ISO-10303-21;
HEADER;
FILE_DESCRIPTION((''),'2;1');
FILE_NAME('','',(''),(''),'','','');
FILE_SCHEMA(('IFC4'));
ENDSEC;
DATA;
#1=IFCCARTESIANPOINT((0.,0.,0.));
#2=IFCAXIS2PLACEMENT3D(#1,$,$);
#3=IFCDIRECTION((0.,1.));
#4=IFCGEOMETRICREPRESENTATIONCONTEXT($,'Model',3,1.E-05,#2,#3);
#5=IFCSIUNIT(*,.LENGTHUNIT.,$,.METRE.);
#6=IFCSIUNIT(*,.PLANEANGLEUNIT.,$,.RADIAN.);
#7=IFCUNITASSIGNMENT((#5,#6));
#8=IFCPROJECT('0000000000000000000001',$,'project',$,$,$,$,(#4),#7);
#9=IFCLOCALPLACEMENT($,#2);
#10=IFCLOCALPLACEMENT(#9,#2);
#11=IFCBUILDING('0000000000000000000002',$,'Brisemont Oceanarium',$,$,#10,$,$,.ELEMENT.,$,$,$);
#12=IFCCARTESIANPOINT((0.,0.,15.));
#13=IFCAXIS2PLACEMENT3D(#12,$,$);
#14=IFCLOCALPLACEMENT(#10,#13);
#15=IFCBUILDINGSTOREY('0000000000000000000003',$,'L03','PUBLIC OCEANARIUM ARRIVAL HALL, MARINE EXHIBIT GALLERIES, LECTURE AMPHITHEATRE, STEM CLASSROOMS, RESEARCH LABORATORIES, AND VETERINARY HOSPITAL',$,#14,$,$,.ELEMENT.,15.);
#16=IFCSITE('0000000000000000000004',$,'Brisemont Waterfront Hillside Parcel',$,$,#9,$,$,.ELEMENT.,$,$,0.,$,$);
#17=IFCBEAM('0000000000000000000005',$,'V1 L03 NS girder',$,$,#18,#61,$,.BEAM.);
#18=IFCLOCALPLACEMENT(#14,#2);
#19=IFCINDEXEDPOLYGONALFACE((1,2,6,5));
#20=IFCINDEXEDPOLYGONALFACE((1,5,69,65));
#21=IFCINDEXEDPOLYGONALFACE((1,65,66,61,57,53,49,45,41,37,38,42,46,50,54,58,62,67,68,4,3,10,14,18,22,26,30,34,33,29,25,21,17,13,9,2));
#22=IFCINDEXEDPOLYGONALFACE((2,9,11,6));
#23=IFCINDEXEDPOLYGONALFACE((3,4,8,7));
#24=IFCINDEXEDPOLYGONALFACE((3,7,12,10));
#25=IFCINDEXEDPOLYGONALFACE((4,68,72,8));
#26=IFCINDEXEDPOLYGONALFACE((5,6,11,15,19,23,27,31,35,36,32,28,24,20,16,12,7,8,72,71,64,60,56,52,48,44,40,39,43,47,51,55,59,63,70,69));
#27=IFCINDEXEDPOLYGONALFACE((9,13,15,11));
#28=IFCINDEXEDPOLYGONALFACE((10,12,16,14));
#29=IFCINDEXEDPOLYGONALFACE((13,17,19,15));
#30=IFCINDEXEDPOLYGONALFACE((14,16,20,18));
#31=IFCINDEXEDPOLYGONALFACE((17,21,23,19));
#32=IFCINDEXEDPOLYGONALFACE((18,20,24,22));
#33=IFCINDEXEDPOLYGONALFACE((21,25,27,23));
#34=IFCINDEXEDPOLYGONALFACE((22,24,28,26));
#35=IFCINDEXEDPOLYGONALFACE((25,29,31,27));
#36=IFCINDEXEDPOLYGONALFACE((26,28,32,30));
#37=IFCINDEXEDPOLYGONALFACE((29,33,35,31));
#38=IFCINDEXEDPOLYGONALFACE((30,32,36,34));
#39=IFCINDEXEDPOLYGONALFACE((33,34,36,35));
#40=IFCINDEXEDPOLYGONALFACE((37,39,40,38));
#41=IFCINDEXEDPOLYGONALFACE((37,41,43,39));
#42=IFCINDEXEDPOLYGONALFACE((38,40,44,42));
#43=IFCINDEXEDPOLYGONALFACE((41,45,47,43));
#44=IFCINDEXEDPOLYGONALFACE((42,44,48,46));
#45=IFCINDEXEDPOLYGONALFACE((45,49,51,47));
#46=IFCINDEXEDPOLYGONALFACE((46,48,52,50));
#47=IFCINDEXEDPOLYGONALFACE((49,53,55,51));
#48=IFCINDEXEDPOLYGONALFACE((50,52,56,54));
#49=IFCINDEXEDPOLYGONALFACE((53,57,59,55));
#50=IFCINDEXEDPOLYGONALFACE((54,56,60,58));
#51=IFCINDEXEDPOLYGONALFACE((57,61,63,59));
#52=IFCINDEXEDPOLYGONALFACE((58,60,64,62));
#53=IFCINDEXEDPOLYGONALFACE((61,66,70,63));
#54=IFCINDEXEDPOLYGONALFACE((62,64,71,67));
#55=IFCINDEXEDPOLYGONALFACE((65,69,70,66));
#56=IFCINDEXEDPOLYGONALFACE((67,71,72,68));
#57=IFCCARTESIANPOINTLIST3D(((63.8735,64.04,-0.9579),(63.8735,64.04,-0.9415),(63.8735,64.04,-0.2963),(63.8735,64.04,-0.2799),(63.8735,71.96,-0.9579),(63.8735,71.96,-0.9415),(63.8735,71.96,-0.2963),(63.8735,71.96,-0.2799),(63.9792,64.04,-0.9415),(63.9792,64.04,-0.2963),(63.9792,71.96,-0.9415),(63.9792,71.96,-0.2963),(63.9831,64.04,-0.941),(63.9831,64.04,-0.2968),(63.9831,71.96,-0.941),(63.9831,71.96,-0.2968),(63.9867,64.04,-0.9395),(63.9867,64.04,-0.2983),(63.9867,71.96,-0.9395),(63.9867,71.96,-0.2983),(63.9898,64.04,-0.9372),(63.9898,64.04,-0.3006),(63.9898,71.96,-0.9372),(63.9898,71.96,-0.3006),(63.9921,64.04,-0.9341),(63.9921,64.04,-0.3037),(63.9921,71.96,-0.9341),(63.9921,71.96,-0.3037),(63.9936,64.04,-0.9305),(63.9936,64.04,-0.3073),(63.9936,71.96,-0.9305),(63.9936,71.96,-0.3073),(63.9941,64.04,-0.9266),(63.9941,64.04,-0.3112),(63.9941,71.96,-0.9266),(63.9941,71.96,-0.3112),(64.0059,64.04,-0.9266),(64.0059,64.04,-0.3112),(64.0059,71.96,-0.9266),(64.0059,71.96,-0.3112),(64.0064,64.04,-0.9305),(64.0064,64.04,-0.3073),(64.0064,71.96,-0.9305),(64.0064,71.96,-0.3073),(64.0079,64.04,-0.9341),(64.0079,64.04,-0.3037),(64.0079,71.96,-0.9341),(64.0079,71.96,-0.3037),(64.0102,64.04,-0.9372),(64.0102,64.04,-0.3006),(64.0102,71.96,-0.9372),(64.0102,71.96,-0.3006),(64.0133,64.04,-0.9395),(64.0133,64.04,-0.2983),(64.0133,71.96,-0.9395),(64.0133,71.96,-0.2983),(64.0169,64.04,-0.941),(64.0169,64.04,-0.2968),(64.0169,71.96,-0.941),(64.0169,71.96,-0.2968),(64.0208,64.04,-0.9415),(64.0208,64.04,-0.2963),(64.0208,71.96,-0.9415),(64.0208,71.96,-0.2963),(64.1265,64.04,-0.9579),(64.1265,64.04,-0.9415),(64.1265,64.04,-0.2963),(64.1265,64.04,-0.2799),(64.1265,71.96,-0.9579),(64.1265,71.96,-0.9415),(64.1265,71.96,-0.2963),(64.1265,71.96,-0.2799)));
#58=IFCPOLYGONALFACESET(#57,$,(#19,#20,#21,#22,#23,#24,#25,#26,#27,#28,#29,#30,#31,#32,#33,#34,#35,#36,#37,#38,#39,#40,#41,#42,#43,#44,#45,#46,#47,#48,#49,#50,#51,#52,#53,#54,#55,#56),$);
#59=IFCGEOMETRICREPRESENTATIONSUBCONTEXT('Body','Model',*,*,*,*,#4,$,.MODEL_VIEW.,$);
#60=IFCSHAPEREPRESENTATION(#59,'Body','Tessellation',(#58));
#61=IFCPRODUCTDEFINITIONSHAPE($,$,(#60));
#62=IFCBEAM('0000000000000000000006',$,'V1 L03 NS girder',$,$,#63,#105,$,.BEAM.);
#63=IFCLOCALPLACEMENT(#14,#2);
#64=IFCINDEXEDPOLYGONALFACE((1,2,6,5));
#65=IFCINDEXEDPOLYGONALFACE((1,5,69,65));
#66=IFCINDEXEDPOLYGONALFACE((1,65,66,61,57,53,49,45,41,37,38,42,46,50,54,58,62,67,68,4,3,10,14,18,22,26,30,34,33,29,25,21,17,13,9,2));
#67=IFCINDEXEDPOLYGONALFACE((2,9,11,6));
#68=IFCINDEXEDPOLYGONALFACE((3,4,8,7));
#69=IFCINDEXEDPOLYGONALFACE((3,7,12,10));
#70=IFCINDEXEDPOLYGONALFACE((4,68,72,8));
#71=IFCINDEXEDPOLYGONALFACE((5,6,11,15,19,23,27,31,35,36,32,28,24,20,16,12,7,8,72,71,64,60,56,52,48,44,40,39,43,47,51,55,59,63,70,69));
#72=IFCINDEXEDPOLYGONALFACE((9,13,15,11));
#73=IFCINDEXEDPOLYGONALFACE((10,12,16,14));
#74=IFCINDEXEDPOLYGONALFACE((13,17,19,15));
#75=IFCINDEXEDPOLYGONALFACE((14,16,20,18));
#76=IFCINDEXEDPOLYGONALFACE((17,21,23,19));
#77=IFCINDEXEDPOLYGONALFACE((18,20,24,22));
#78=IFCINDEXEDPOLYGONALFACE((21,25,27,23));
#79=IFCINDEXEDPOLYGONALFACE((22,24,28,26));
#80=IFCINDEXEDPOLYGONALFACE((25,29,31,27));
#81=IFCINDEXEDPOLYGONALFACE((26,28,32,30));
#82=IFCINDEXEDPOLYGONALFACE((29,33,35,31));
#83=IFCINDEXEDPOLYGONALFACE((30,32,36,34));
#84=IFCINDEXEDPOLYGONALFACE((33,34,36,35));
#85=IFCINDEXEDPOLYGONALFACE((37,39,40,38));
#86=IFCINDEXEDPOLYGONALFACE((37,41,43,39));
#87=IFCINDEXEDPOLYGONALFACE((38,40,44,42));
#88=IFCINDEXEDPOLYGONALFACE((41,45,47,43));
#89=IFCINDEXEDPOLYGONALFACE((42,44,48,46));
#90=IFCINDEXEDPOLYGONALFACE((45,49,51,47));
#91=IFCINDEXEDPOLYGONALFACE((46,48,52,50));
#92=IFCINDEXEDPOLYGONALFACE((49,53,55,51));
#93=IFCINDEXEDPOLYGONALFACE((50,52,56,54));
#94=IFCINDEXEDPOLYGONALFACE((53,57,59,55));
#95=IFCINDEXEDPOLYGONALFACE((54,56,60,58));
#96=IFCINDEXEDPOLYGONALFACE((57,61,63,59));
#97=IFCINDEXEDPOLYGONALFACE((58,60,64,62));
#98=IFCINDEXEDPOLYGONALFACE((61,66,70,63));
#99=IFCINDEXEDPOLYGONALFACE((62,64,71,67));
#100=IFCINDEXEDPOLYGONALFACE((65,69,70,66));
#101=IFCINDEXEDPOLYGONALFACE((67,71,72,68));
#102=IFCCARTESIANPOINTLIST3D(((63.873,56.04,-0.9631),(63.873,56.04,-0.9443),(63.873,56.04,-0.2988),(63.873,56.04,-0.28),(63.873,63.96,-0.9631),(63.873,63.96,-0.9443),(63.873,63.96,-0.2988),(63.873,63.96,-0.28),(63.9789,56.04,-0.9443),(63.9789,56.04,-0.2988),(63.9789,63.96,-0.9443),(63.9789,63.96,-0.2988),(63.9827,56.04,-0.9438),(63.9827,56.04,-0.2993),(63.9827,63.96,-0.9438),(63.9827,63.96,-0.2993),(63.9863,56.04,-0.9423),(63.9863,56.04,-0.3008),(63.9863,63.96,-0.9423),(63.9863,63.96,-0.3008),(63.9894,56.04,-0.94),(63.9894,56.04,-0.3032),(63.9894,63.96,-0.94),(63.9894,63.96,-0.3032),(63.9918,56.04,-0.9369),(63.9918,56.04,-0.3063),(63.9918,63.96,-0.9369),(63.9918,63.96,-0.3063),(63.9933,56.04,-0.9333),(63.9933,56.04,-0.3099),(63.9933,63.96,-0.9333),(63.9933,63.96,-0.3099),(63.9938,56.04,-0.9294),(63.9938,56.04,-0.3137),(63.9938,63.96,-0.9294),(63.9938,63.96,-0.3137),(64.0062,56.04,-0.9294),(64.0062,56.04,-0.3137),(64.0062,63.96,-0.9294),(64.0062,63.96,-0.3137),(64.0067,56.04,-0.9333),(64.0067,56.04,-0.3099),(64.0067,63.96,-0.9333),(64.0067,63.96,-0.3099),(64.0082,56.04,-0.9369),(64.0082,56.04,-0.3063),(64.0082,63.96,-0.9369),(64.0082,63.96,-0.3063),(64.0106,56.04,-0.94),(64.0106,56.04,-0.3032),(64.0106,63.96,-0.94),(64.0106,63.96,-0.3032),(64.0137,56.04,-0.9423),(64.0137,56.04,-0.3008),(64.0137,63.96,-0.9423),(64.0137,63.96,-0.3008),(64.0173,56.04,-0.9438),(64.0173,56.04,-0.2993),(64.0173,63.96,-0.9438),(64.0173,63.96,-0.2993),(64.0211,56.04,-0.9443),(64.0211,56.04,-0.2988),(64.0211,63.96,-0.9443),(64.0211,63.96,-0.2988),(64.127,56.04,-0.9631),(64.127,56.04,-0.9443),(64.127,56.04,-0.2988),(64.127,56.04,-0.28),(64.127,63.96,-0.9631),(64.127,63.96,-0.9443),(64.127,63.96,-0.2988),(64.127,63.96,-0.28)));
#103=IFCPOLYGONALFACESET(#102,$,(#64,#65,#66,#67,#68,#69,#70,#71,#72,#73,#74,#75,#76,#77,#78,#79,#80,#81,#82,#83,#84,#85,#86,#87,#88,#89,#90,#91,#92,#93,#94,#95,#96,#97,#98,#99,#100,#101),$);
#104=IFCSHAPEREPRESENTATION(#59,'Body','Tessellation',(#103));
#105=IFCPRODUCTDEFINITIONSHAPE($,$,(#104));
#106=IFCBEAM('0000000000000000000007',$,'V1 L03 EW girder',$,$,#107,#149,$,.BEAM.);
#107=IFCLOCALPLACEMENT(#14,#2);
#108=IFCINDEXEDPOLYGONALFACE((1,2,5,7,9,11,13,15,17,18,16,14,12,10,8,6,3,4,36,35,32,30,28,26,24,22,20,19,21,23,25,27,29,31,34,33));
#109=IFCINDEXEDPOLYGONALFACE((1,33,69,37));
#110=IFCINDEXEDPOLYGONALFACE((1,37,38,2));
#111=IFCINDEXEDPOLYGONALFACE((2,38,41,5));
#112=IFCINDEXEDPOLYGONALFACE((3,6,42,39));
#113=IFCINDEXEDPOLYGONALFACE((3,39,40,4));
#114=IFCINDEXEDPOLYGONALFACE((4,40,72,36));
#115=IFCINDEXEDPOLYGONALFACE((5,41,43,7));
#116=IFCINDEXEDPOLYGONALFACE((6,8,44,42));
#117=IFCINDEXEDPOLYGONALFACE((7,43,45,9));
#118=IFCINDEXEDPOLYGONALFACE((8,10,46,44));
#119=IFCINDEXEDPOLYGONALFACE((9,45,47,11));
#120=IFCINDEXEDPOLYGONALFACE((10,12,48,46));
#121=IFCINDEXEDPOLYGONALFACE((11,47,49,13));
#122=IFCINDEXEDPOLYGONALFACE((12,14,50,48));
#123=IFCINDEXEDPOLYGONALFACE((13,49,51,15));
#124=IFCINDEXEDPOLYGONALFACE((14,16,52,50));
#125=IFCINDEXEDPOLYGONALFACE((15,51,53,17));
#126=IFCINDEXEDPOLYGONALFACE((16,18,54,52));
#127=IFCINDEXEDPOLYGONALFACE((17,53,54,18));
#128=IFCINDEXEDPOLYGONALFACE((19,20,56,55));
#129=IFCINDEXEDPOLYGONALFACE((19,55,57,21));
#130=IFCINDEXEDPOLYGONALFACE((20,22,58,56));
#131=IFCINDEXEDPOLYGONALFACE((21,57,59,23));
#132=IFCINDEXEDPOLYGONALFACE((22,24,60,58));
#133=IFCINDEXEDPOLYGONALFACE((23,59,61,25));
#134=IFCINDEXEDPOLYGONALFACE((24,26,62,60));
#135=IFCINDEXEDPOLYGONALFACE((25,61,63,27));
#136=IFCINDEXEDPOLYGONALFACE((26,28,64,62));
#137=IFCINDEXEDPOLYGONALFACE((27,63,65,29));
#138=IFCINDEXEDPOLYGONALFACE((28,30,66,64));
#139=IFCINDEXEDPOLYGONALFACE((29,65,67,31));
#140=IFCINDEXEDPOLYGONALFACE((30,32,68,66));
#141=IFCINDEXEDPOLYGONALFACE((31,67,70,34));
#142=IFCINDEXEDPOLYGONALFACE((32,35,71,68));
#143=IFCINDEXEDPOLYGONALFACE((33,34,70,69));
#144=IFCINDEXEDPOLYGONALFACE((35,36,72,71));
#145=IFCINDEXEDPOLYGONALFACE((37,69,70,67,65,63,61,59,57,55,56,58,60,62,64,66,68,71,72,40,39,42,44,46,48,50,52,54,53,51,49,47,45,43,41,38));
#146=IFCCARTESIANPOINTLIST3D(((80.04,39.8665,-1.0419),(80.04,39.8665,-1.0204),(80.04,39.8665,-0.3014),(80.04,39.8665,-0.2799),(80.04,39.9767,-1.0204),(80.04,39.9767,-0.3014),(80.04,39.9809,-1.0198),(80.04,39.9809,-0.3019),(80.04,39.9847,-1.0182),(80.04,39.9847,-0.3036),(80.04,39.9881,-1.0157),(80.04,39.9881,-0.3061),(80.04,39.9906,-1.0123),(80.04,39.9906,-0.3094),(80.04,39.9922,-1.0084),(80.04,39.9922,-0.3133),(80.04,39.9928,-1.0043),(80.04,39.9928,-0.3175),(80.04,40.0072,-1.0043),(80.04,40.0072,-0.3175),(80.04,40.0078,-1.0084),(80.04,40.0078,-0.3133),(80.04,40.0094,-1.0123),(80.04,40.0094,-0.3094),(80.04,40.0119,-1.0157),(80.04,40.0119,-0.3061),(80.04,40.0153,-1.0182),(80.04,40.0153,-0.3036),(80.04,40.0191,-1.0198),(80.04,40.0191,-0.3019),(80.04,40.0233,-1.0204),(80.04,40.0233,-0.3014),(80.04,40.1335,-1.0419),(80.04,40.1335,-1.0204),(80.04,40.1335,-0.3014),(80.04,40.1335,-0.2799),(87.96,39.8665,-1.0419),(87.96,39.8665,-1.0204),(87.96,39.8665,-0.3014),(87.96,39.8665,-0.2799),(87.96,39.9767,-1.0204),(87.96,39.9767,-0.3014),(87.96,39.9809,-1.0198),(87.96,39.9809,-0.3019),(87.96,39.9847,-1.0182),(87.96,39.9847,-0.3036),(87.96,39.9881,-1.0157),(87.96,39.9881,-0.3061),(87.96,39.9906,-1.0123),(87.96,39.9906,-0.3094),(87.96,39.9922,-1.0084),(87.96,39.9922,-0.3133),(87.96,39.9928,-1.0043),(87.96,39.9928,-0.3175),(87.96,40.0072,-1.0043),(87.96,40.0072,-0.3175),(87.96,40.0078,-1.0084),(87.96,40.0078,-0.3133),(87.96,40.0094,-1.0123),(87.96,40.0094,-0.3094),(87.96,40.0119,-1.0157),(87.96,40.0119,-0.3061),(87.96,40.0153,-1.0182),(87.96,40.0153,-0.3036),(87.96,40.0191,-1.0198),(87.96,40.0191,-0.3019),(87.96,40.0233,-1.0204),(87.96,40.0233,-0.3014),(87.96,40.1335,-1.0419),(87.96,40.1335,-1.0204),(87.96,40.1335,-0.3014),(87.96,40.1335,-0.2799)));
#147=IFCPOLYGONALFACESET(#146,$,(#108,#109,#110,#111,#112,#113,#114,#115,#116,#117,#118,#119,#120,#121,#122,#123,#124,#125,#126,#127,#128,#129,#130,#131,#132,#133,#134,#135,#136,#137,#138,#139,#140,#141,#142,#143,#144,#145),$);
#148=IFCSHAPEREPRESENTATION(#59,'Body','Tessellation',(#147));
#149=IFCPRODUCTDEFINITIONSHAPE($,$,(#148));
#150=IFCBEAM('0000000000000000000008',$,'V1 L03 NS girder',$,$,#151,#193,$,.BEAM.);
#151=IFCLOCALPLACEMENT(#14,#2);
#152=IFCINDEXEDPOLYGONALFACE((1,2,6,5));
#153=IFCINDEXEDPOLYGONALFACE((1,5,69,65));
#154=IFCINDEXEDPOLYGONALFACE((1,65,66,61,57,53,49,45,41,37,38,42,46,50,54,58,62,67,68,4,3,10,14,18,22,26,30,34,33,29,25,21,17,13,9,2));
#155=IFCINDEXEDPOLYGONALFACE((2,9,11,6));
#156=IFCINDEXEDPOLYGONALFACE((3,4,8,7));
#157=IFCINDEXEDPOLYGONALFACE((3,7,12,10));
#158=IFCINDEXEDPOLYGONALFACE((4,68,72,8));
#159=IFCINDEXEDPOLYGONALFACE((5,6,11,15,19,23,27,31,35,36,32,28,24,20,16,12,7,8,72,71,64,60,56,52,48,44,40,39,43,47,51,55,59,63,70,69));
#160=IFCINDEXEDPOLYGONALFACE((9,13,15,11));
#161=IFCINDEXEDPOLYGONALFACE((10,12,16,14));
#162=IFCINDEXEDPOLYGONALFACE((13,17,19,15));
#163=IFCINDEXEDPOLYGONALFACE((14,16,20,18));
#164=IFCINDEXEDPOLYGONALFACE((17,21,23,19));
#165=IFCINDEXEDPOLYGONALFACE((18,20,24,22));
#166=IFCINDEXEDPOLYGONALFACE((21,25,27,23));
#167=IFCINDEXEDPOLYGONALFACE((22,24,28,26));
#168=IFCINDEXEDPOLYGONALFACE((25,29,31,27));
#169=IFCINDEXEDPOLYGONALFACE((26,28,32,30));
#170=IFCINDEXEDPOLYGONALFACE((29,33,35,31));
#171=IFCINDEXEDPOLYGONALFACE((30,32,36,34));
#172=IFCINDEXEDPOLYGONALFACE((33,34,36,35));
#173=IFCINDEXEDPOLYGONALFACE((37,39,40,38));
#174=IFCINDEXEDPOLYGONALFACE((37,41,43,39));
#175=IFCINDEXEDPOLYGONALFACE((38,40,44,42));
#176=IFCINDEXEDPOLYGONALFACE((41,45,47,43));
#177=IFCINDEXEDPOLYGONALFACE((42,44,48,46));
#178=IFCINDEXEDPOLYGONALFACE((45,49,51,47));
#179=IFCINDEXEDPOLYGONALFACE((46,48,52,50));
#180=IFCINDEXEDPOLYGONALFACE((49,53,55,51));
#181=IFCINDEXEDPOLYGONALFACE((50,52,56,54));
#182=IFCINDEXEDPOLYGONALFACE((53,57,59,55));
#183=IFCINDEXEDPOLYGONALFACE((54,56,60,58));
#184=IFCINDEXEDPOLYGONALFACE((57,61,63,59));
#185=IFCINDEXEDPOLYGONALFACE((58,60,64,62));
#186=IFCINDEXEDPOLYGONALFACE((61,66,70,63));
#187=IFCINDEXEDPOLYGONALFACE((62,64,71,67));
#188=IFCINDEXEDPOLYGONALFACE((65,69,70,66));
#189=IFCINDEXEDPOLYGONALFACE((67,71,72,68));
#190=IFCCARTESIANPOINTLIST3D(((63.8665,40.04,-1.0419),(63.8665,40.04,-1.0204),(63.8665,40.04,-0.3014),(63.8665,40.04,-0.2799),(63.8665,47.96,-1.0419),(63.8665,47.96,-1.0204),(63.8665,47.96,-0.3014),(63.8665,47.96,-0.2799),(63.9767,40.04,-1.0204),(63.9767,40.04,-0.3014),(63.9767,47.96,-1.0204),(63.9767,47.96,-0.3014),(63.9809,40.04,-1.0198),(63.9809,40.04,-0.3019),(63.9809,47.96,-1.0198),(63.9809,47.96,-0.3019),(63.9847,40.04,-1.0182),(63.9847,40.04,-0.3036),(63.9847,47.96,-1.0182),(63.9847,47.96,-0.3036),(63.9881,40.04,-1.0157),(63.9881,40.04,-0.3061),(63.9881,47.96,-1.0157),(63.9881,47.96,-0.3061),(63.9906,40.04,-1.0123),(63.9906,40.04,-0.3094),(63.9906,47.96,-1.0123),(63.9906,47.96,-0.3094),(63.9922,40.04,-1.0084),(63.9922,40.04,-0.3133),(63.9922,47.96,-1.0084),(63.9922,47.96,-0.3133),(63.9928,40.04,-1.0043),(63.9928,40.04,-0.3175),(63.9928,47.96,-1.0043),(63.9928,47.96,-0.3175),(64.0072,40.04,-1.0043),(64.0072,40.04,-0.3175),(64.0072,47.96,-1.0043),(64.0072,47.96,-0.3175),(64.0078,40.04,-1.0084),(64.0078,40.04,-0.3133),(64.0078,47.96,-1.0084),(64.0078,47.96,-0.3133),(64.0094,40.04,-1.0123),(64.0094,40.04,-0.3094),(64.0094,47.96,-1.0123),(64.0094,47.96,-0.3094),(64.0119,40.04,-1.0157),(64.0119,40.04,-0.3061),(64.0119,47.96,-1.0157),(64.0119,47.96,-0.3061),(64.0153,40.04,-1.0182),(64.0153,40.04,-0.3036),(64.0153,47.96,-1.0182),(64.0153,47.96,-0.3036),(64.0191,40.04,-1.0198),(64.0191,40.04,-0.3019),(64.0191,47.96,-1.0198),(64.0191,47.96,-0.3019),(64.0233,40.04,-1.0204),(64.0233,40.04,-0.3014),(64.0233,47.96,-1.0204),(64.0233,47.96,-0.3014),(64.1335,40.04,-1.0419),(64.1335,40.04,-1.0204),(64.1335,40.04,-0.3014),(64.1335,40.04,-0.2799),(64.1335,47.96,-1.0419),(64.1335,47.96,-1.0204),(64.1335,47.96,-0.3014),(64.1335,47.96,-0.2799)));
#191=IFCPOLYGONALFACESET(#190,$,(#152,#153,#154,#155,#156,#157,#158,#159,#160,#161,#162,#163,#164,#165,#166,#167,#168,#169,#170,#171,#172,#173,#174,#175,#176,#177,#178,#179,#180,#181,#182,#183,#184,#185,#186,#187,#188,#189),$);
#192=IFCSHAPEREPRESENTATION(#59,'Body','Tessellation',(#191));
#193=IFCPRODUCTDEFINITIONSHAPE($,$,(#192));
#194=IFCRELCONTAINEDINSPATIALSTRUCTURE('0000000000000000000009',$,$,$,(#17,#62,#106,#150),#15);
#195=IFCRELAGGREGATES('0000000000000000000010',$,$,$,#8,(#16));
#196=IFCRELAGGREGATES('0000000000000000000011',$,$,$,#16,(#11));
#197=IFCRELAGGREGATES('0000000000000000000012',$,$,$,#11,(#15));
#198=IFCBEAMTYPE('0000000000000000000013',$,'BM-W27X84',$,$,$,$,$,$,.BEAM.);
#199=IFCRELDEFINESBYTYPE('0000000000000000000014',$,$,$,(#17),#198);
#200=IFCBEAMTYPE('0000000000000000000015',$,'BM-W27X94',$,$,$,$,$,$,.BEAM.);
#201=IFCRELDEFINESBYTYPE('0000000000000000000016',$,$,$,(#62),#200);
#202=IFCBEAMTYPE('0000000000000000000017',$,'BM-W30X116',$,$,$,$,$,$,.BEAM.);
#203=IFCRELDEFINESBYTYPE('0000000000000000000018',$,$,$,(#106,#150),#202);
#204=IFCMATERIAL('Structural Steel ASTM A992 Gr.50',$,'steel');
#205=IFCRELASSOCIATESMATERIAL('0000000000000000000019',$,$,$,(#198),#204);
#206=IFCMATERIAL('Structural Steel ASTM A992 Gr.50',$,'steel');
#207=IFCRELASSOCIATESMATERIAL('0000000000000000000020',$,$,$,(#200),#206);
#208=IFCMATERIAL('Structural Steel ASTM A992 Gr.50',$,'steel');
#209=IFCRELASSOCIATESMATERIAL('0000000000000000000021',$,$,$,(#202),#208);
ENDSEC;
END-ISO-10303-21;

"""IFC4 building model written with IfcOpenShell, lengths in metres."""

from ifc_helpers import new_model, si_unit, direction, frame, origin, origin_2d, place, context, subcontext, project, spatial, i_section, extrude, material, material_profile, profile_set, type_object, element, save


model = new_model("IFC4")

# Units and contexts
model_context = context("Model", 3, precision=1e-05, world=origin(), true_north=direction((0.0, 1.0)))
body_context = subcontext(model_context, "Body", "Model", "MODEL_VIEW")
ifc_project = project(units=[si_unit("LENGTHUNIT", "METRE"), si_unit("PLANEANGLEUNIT", "RADIAN")], contexts=[model_context])

# Site, building, storey
site_placement = place(None, origin())
site = spatial("IfcSite", under=ifc_project, at=site_placement, Name="Brisemont Waterfront Hillside Parcel", CompositionType="ELEMENT", RefElevation=0.0)
building_placement = place(site_placement, origin())
building = spatial("IfcBuilding", under=site, at=building_placement, Name="Brisemont Oceanarium", CompositionType="ELEMENT")
storey_placement = place(building_placement, frame((0.0, 0.0, 15.0)))
storey = spatial("IfcBuildingStorey", under=building, at=storey_placement, Name="L03", Description="PUBLIC OCEANARIUM ARRIVAL HALL, MARINE EXHIBIT GALLERIES, LECTURE AMPHITHEATRE, STEM CLASSROOMS, RESEARCH LABORATORIES, AND VETERINARY HOSPITAL", CompositionType="ELEMENT", Elevation=15.0)

# Beams
ifc_material_1 = material(Name="Structural Steel ASTM A992 Gr.50", Category="steel")
ifc_material_profile_1 = material_profile(ifc_material_1, i_section(OverallWidth=0.2529, OverallDepth=0.678, WebThickness=0.0117, FlangeThickness=0.0164, FilletRadius=0.0149, at=origin_2d()), Name="W27X84")
ifc_profile_set_1 = profile_set([ifc_material_profile_1], Name="Structural Steel ASTM A992 Gr.50")
beam_type_1 = type_object("IfcBeamType", Name="BM-W27X84", PredefinedType="BEAM", material=ifc_profile_set_1)
beam_1_placement = place(storey_placement, frame((64.0, 64.04, -0.6189), z_axis=(0.0, 1.0, 0.0), x_axis=(-1.0, 0.0, 0.0)))
element("IfcBeam", 1, at=beam_1_placement, inside=storey, type_object=beam_type_1, Name="V1 L03 NS girder", PredefinedType="BEAM", context=body_context, shape_type="SweptSolid", body=[
    extrude(i_section(OverallWidth=0.2529, OverallDepth=0.678, WebThickness=0.0117, FlangeThickness=0.0164, FilletRadius=0.0149, at=origin_2d()), origin(), (0.0, 0.0, 1.0), 7.9199),
])
ifc_material_2 = material(Name="Structural Steel ASTM A992 Gr.50", Category="steel")
ifc_material_profile_2 = material_profile(ifc_material_2, i_section(OverallWidth=0.2539, OverallDepth=0.6831, WebThickness=0.0125, FlangeThickness=0.0188, FilletRadius=0.0149, at=origin_2d()), Name="W27X94")
ifc_profile_set_2 = profile_set([ifc_material_profile_2], Name="Structural Steel ASTM A992 Gr.50")
beam_type_2 = type_object("IfcBeamType", Name="BM-W27X94", PredefinedType="BEAM", material=ifc_profile_set_2)
beam_2_placement = place(storey_placement, frame((64.0, 56.04, -0.6216), z_axis=(0.0, 1.0, 0.0), x_axis=(-1.0, 0.0, 0.0)))
element("IfcBeam", 2, at=beam_2_placement, inside=storey, type_object=beam_type_2, Name="V1 L03 NS girder", PredefinedType="BEAM", context=body_context, shape_type="SweptSolid", body=[
    extrude(i_section(OverallWidth=0.2539, OverallDepth=0.6831, WebThickness=0.0125, FlangeThickness=0.0188, FilletRadius=0.0149, at=origin_2d()), origin(), (0.0, 0.0, 1.0), 7.9199),
])
ifc_material_3 = material(Name="Structural Steel ASTM A992 Gr.50", Category="steel")
ifc_material_profile_3 = material_profile(ifc_material_3, i_section(OverallWidth=0.2671, OverallDepth=0.762, WebThickness=0.0144, FlangeThickness=0.0215, FilletRadius=0.0161, at=origin_2d()), Name="W30X116")
ifc_profile_set_3 = profile_set([ifc_material_profile_3], Name="Structural Steel ASTM A992 Gr.50")
beam_type_3 = type_object("IfcBeamType", Name="BM-W30X116", PredefinedType="BEAM", material=ifc_profile_set_3)
for number, where, z_axis, x_axis, name in (
    (3, (80.04, 40.0, -0.6609), (1.0, 0.0, 0.0), (0.0, 1.0, 0.0), "V1 L03 EW girder"),
    (4, (64.0, 40.04, -0.6609), (0.0, 1.0, 0.0), (-1.0, 0.0, 0.0), "V1 L03 NS girder"),
):
    element("IfcBeam", number, at=place(storey_placement, frame(where, z_axis=z_axis, x_axis=x_axis)), inside=storey, type_object=beam_type_3, Name=name, PredefinedType="BEAM", context=body_context, shape_type="SweptSolid", body=[
        extrude(i_section(OverallWidth=0.2671, OverallDepth=0.762, WebThickness=0.0144, FlangeThickness=0.0215, FilletRadius=0.0161, at=origin_2d()), origin(), (0.0, 0.0, 1.0), 7.9199),
    ])

save(model, "model.ifc")
